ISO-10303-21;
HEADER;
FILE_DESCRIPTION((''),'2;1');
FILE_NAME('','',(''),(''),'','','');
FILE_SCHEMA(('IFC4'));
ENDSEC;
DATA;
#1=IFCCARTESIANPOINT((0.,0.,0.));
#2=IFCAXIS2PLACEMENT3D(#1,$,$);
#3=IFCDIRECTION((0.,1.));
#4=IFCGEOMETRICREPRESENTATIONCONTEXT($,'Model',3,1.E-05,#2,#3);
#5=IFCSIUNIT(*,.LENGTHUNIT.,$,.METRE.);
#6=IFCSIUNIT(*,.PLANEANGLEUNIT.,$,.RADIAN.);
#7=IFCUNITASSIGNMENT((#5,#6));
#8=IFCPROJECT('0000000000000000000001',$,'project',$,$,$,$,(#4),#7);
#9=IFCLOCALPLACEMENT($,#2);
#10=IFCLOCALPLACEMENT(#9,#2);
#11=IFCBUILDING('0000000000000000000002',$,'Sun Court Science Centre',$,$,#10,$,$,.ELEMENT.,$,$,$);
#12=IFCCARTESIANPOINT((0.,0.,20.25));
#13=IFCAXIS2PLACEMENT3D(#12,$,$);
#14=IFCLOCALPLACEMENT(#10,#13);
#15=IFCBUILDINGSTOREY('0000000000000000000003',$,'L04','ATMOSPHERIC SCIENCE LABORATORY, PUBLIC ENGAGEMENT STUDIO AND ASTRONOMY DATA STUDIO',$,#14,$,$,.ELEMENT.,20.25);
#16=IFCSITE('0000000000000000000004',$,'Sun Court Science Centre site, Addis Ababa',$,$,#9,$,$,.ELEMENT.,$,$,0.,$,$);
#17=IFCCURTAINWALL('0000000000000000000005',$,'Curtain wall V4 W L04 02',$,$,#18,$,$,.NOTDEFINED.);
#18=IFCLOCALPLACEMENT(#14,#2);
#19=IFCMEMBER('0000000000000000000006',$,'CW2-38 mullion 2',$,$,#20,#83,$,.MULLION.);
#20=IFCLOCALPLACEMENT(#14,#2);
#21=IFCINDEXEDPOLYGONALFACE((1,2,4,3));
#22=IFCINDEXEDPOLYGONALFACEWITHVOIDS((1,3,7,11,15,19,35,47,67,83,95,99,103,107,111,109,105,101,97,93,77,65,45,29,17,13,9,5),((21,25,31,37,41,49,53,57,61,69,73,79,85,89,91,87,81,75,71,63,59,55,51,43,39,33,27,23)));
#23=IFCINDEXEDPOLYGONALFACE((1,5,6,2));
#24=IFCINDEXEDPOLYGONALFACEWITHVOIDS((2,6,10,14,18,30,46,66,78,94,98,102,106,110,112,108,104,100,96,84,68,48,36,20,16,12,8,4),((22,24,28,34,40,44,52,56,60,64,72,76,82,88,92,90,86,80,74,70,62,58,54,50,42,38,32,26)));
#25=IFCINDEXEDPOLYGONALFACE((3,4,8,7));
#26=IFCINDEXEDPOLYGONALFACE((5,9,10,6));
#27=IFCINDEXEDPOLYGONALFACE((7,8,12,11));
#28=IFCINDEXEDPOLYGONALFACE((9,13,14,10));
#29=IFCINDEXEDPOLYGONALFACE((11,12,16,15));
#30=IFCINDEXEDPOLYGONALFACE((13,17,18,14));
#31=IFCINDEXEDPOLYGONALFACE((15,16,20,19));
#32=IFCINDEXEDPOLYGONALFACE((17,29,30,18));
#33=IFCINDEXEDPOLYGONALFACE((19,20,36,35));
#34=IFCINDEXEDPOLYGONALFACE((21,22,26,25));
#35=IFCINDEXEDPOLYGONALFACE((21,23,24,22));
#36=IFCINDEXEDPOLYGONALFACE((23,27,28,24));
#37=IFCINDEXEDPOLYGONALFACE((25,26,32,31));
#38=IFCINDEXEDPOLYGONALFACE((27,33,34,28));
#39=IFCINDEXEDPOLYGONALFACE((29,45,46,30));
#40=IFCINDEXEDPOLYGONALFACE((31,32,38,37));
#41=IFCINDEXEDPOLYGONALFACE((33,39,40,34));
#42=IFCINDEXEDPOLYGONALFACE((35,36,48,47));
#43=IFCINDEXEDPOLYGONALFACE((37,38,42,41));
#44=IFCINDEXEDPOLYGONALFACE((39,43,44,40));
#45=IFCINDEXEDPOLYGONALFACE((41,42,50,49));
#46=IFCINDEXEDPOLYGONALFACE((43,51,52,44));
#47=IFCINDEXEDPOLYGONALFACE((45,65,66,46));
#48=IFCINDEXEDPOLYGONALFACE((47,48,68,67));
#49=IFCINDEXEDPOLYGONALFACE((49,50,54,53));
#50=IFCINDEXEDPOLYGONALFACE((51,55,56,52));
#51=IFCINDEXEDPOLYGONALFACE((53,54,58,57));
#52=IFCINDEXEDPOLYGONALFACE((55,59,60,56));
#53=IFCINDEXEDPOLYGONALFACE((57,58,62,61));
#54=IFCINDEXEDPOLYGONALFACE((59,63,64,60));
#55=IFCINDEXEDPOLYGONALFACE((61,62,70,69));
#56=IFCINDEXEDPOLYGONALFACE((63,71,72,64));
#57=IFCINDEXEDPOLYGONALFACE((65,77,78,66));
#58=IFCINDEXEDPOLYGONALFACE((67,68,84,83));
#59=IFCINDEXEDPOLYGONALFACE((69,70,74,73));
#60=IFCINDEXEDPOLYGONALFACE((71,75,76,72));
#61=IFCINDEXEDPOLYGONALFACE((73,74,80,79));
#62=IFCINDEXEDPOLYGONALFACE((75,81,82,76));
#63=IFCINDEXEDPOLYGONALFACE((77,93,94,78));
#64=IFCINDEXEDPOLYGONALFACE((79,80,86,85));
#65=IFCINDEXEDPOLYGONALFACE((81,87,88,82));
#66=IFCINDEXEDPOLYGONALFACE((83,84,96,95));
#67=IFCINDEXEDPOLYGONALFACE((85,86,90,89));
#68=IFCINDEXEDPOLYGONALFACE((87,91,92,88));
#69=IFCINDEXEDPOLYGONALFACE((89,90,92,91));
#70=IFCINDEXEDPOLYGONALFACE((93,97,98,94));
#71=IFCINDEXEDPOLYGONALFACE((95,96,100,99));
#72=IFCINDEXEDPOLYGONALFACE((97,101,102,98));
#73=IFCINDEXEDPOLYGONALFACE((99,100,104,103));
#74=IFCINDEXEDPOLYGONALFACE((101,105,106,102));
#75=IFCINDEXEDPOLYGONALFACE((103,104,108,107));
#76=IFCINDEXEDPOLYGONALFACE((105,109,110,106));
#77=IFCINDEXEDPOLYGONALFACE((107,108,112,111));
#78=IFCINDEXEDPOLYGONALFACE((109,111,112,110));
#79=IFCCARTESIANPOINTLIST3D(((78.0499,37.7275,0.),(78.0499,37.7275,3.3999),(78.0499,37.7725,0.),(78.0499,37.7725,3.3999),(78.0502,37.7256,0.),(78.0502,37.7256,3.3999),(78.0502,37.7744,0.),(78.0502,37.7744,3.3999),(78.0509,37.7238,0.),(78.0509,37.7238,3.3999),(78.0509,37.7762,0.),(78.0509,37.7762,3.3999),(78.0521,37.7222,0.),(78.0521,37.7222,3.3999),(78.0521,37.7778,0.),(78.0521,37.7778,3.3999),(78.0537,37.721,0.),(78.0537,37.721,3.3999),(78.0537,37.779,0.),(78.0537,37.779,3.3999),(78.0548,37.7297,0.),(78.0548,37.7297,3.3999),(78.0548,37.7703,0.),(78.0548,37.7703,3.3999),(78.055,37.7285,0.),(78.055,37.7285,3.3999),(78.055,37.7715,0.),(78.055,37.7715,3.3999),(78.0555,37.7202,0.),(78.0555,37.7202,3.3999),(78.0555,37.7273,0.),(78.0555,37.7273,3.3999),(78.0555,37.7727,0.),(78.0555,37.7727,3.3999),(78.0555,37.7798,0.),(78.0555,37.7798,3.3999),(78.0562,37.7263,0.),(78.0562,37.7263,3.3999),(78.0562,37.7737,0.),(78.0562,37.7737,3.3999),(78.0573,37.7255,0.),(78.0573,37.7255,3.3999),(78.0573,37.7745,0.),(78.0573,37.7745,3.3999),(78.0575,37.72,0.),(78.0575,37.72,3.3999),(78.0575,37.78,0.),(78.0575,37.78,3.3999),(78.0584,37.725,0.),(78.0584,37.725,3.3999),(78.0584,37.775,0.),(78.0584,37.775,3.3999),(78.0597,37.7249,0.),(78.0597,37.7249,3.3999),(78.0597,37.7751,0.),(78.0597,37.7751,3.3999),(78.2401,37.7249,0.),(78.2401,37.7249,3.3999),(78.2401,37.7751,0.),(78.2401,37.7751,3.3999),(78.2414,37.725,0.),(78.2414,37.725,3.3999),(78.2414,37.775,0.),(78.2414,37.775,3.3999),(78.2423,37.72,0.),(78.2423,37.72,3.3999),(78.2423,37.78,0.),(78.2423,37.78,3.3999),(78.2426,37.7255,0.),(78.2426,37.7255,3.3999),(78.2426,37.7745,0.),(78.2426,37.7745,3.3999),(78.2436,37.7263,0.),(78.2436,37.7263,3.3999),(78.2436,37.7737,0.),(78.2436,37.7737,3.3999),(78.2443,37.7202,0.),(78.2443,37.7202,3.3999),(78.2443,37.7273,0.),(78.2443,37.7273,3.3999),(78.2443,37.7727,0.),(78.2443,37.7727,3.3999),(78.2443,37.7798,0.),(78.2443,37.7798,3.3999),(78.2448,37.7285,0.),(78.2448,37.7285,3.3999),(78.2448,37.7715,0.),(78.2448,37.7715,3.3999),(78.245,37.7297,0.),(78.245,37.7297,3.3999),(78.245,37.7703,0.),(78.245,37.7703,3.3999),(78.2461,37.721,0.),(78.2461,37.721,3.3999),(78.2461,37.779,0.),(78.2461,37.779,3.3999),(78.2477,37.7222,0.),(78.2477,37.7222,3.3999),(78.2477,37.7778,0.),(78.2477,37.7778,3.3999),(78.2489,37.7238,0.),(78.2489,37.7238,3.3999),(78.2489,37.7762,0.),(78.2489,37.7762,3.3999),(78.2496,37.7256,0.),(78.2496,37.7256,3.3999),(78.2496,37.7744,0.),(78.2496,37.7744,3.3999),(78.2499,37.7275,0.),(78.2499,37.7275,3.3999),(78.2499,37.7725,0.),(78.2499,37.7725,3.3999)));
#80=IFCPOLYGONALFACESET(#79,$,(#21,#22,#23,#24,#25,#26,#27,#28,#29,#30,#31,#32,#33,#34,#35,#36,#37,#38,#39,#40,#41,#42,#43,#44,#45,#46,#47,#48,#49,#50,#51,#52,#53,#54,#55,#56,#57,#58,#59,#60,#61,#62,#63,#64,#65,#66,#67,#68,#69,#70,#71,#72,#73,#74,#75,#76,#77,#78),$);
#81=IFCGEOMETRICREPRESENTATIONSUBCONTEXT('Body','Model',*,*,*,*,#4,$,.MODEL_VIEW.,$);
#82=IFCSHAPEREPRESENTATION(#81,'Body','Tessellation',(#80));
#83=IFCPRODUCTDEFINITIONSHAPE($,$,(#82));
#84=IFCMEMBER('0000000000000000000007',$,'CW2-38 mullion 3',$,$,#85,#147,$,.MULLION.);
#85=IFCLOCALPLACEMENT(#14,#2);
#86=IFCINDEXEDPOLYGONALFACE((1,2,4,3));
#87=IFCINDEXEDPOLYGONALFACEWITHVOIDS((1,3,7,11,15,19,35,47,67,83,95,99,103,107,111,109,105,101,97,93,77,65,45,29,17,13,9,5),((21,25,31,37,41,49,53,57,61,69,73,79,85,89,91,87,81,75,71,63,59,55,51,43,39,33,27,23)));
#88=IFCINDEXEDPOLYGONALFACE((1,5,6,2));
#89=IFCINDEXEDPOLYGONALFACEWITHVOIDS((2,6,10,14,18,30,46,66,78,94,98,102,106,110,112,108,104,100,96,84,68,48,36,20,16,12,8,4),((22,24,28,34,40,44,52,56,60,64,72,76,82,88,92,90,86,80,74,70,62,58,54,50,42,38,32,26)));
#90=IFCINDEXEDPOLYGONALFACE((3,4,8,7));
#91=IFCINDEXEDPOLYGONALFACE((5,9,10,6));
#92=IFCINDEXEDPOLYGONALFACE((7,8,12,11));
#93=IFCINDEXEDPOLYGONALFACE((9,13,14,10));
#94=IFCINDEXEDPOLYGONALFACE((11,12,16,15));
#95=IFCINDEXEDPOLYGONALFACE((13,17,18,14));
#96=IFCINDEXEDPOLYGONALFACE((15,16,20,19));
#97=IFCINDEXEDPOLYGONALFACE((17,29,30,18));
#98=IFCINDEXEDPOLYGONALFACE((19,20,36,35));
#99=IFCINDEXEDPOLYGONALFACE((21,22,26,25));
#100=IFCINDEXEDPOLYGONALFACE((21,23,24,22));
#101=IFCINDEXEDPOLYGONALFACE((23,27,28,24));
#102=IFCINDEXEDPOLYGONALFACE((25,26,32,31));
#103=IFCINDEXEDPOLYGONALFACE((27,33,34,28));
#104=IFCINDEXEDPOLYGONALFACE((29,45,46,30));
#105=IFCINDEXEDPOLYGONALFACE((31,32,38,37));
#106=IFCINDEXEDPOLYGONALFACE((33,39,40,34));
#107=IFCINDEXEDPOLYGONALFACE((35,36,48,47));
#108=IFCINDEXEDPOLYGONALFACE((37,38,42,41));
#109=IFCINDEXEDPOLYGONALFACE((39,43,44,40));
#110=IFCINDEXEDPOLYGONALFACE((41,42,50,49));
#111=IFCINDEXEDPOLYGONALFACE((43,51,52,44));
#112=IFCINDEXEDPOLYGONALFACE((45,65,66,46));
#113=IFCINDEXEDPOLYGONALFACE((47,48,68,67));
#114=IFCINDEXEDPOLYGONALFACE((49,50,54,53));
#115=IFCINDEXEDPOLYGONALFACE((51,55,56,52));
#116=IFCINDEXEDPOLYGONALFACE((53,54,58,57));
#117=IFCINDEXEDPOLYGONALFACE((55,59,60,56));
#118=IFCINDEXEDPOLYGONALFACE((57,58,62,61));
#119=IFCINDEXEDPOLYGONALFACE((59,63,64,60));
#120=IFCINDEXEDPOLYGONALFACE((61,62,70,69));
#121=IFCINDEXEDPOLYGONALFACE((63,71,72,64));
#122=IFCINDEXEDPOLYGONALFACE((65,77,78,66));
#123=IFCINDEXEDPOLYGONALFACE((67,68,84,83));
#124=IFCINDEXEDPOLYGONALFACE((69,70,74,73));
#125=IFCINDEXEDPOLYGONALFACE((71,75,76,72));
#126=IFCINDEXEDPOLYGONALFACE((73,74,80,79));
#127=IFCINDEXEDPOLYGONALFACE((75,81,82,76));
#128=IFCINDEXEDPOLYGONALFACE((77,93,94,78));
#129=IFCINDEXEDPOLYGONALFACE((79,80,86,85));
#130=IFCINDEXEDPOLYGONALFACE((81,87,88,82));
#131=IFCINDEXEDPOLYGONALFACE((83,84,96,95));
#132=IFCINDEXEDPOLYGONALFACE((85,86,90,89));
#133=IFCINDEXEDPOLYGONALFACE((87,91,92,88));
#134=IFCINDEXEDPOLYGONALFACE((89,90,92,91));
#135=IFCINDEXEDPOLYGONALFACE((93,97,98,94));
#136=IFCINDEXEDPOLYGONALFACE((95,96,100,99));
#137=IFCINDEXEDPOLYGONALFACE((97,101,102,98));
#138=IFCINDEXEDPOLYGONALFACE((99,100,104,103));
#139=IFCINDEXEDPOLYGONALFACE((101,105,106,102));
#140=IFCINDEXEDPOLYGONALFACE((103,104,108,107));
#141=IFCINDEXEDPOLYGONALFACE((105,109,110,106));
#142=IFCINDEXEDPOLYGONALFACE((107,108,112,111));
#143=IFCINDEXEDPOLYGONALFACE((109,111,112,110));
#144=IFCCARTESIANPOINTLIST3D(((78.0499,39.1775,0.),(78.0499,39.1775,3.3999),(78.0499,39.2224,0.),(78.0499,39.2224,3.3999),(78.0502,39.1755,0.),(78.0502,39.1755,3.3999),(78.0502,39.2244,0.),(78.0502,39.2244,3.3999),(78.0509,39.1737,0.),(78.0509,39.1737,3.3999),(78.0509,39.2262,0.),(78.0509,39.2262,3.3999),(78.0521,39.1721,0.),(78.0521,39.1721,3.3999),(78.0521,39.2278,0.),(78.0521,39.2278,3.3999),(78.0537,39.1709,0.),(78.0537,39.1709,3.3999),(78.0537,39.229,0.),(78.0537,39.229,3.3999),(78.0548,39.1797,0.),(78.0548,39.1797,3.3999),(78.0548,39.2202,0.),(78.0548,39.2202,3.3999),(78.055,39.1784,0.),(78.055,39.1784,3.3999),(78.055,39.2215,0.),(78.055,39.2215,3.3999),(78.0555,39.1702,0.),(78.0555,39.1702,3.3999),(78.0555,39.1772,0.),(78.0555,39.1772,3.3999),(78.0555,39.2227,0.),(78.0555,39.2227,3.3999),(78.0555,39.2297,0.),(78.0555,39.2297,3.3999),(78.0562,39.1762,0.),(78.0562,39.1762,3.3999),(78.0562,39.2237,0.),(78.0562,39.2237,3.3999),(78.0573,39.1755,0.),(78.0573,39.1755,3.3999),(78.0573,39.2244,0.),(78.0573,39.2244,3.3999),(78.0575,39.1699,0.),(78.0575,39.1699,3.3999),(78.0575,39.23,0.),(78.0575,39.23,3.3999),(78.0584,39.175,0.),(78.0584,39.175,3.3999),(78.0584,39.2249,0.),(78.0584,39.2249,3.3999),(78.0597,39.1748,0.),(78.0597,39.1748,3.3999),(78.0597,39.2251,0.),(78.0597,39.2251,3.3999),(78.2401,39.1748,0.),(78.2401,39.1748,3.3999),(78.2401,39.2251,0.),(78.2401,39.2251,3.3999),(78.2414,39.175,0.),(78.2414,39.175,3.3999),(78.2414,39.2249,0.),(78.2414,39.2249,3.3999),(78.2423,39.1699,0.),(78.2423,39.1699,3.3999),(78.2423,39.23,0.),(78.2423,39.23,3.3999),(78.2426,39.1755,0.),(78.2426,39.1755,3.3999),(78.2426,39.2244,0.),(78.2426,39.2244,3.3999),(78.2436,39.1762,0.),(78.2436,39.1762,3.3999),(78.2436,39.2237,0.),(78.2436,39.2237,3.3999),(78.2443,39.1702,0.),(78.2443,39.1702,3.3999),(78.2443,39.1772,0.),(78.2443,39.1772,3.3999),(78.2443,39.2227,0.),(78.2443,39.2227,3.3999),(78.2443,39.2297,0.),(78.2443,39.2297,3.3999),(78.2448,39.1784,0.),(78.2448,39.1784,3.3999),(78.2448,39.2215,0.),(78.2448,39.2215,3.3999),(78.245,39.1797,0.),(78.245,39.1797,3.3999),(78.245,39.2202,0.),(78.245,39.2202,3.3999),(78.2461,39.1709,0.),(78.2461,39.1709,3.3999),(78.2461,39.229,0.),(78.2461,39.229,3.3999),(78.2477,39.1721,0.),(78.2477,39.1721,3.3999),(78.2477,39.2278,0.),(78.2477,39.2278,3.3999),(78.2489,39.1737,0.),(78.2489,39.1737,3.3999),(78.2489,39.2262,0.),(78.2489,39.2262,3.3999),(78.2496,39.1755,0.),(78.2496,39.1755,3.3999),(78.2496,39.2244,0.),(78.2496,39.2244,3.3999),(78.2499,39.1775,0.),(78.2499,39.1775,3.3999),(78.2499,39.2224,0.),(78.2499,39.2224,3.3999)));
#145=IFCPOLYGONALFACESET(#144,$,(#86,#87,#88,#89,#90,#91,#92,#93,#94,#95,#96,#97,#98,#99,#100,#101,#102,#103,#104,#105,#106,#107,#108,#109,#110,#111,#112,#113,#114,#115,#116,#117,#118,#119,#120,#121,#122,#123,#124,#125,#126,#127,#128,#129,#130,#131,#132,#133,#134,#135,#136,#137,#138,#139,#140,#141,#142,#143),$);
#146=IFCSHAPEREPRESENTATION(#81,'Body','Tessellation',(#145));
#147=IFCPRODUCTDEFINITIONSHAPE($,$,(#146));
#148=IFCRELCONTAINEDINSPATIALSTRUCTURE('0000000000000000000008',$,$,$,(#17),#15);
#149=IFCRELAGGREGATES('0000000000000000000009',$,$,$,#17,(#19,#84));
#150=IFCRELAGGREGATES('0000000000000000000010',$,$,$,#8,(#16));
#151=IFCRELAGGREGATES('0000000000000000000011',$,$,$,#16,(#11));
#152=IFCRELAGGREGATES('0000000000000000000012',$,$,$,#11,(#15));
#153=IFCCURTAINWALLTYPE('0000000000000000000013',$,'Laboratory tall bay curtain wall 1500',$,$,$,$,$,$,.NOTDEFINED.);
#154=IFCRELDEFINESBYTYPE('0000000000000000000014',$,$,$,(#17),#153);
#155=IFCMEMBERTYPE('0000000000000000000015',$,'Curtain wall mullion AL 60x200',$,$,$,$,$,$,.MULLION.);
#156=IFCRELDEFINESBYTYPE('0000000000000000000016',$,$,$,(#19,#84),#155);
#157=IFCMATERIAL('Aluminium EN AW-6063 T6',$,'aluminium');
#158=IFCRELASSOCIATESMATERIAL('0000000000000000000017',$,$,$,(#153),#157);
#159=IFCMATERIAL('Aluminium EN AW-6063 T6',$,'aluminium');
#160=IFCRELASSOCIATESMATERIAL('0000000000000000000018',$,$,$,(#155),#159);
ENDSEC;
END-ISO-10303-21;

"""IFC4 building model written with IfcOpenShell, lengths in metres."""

from ifc_helpers import new_model, si_unit, direction, frame, origin, origin_2d, place, context, subcontext, project, spatial, hollow_rectangle, extrude, material, material_profile, profile_set, type_object, element, aggregate, save


model = new_model("IFC4")

# Units and contexts
model_context = context("Model", 3, precision=1e-05, world=origin(), true_north=direction((0.0, 1.0)))
body_context = subcontext(model_context, "Body", "Model", "MODEL_VIEW")
ifc_project = project(units=[si_unit("LENGTHUNIT", "METRE"), si_unit("PLANEANGLEUNIT", "RADIAN")], contexts=[model_context])

# Site, building, storey
site_placement = place(None, origin())
site = spatial("IfcSite", under=ifc_project, at=site_placement, Name="Sun Court Science Centre site, Addis Ababa", CompositionType="ELEMENT", RefElevation=0.0)
building_placement = place(site_placement, origin())
building = spatial("IfcBuilding", under=site, at=building_placement, Name="Sun Court Science Centre", CompositionType="ELEMENT")
storey_placement = place(building_placement, frame((0.0, 0.0, 20.25)))
storey = spatial("IfcBuildingStorey", under=building, at=storey_placement, Name="L04", Description="ATMOSPHERIC SCIENCE LABORATORY, PUBLIC ENGAGEMENT STUDIO AND ASTRONOMY DATA STUDIO", CompositionType="ELEMENT", Elevation=20.25)

# Shared definitions
ifc_material_1 = material(Name="Aluminium EN AW-6063 T6", Category="aluminium")
curtain_wall_type = type_object("IfcCurtainWallType", Name="Laboratory tall bay curtain wall 1500", PredefinedType="NOTDEFINED", material=ifc_material_1)
ifc_material_2 = material(Name="Aluminium EN AW-6063 T6", Category="aluminium")
ifc_material_profile_1 = material_profile(ifc_material_2, hollow_rectangle(XDim=0.0601, YDim=0.2, WallThickness=0.0049, InnerFilletRadius=0.0049, OuterFilletRadius=0.0076, at=origin_2d()), Name="AL 60x200x5")
ifc_profile_set_1 = profile_set([ifc_material_profile_1], Name="Aluminium EN AW-6063 T6")
member_type_1 = type_object("IfcMemberType", Name="Curtain wall mullion AL 60x200", PredefinedType="MULLION", material=ifc_profile_set_1)

# Curtain wall, members
curtain_wall_1_placement = place(storey_placement, origin())
curtain_wall_1 = element("IfcCurtainWall", 1, at=curtain_wall_1_placement, inside=storey, type_object=curtain_wall_type, Name="Curtain wall V4 W L04 02", PredefinedType="NOTDEFINED")
member_1_placement = place(storey_placement, frame((78.1499, 37.75, 0.0), z_axis=(0.0, 0.0, 1.0), x_axis=(0.0, 1.0, 0.0)))
member_1 = element("IfcMember", 2, at=member_1_placement, type_object=member_type_1, Name="CW2-38 mullion 2", PredefinedType="MULLION", context=body_context, shape_type="SweptSolid", body=[
    extrude(hollow_rectangle(XDim=0.0601, YDim=0.2, WallThickness=0.0049, InnerFilletRadius=0.0049, OuterFilletRadius=0.0076, at=origin_2d()), origin(), (0.0, 0.0, 1.0), 3.3999),
])
member_2_placement = place(storey_placement, frame((78.1499, 39.2, 0.0), z_axis=(0.0, 0.0, 1.0), x_axis=(0.0, 1.0, 0.0)))
member_2 = element("IfcMember", 3, at=member_2_placement, type_object=member_type_1, Name="CW2-38 mullion 3", PredefinedType="MULLION", context=body_context, shape_type="SweptSolid", body=[
    extrude(hollow_rectangle(XDim=0.0601, YDim=0.2, WallThickness=0.0049, InnerFilletRadius=0.0049, OuterFilletRadius=0.0076, at=origin_2d()), origin(), (0.0, 0.0, 1.0), 3.3999),
])

aggregate(curtain_wall_1, [member_1, member_2])

save(model, "model.ifc")
